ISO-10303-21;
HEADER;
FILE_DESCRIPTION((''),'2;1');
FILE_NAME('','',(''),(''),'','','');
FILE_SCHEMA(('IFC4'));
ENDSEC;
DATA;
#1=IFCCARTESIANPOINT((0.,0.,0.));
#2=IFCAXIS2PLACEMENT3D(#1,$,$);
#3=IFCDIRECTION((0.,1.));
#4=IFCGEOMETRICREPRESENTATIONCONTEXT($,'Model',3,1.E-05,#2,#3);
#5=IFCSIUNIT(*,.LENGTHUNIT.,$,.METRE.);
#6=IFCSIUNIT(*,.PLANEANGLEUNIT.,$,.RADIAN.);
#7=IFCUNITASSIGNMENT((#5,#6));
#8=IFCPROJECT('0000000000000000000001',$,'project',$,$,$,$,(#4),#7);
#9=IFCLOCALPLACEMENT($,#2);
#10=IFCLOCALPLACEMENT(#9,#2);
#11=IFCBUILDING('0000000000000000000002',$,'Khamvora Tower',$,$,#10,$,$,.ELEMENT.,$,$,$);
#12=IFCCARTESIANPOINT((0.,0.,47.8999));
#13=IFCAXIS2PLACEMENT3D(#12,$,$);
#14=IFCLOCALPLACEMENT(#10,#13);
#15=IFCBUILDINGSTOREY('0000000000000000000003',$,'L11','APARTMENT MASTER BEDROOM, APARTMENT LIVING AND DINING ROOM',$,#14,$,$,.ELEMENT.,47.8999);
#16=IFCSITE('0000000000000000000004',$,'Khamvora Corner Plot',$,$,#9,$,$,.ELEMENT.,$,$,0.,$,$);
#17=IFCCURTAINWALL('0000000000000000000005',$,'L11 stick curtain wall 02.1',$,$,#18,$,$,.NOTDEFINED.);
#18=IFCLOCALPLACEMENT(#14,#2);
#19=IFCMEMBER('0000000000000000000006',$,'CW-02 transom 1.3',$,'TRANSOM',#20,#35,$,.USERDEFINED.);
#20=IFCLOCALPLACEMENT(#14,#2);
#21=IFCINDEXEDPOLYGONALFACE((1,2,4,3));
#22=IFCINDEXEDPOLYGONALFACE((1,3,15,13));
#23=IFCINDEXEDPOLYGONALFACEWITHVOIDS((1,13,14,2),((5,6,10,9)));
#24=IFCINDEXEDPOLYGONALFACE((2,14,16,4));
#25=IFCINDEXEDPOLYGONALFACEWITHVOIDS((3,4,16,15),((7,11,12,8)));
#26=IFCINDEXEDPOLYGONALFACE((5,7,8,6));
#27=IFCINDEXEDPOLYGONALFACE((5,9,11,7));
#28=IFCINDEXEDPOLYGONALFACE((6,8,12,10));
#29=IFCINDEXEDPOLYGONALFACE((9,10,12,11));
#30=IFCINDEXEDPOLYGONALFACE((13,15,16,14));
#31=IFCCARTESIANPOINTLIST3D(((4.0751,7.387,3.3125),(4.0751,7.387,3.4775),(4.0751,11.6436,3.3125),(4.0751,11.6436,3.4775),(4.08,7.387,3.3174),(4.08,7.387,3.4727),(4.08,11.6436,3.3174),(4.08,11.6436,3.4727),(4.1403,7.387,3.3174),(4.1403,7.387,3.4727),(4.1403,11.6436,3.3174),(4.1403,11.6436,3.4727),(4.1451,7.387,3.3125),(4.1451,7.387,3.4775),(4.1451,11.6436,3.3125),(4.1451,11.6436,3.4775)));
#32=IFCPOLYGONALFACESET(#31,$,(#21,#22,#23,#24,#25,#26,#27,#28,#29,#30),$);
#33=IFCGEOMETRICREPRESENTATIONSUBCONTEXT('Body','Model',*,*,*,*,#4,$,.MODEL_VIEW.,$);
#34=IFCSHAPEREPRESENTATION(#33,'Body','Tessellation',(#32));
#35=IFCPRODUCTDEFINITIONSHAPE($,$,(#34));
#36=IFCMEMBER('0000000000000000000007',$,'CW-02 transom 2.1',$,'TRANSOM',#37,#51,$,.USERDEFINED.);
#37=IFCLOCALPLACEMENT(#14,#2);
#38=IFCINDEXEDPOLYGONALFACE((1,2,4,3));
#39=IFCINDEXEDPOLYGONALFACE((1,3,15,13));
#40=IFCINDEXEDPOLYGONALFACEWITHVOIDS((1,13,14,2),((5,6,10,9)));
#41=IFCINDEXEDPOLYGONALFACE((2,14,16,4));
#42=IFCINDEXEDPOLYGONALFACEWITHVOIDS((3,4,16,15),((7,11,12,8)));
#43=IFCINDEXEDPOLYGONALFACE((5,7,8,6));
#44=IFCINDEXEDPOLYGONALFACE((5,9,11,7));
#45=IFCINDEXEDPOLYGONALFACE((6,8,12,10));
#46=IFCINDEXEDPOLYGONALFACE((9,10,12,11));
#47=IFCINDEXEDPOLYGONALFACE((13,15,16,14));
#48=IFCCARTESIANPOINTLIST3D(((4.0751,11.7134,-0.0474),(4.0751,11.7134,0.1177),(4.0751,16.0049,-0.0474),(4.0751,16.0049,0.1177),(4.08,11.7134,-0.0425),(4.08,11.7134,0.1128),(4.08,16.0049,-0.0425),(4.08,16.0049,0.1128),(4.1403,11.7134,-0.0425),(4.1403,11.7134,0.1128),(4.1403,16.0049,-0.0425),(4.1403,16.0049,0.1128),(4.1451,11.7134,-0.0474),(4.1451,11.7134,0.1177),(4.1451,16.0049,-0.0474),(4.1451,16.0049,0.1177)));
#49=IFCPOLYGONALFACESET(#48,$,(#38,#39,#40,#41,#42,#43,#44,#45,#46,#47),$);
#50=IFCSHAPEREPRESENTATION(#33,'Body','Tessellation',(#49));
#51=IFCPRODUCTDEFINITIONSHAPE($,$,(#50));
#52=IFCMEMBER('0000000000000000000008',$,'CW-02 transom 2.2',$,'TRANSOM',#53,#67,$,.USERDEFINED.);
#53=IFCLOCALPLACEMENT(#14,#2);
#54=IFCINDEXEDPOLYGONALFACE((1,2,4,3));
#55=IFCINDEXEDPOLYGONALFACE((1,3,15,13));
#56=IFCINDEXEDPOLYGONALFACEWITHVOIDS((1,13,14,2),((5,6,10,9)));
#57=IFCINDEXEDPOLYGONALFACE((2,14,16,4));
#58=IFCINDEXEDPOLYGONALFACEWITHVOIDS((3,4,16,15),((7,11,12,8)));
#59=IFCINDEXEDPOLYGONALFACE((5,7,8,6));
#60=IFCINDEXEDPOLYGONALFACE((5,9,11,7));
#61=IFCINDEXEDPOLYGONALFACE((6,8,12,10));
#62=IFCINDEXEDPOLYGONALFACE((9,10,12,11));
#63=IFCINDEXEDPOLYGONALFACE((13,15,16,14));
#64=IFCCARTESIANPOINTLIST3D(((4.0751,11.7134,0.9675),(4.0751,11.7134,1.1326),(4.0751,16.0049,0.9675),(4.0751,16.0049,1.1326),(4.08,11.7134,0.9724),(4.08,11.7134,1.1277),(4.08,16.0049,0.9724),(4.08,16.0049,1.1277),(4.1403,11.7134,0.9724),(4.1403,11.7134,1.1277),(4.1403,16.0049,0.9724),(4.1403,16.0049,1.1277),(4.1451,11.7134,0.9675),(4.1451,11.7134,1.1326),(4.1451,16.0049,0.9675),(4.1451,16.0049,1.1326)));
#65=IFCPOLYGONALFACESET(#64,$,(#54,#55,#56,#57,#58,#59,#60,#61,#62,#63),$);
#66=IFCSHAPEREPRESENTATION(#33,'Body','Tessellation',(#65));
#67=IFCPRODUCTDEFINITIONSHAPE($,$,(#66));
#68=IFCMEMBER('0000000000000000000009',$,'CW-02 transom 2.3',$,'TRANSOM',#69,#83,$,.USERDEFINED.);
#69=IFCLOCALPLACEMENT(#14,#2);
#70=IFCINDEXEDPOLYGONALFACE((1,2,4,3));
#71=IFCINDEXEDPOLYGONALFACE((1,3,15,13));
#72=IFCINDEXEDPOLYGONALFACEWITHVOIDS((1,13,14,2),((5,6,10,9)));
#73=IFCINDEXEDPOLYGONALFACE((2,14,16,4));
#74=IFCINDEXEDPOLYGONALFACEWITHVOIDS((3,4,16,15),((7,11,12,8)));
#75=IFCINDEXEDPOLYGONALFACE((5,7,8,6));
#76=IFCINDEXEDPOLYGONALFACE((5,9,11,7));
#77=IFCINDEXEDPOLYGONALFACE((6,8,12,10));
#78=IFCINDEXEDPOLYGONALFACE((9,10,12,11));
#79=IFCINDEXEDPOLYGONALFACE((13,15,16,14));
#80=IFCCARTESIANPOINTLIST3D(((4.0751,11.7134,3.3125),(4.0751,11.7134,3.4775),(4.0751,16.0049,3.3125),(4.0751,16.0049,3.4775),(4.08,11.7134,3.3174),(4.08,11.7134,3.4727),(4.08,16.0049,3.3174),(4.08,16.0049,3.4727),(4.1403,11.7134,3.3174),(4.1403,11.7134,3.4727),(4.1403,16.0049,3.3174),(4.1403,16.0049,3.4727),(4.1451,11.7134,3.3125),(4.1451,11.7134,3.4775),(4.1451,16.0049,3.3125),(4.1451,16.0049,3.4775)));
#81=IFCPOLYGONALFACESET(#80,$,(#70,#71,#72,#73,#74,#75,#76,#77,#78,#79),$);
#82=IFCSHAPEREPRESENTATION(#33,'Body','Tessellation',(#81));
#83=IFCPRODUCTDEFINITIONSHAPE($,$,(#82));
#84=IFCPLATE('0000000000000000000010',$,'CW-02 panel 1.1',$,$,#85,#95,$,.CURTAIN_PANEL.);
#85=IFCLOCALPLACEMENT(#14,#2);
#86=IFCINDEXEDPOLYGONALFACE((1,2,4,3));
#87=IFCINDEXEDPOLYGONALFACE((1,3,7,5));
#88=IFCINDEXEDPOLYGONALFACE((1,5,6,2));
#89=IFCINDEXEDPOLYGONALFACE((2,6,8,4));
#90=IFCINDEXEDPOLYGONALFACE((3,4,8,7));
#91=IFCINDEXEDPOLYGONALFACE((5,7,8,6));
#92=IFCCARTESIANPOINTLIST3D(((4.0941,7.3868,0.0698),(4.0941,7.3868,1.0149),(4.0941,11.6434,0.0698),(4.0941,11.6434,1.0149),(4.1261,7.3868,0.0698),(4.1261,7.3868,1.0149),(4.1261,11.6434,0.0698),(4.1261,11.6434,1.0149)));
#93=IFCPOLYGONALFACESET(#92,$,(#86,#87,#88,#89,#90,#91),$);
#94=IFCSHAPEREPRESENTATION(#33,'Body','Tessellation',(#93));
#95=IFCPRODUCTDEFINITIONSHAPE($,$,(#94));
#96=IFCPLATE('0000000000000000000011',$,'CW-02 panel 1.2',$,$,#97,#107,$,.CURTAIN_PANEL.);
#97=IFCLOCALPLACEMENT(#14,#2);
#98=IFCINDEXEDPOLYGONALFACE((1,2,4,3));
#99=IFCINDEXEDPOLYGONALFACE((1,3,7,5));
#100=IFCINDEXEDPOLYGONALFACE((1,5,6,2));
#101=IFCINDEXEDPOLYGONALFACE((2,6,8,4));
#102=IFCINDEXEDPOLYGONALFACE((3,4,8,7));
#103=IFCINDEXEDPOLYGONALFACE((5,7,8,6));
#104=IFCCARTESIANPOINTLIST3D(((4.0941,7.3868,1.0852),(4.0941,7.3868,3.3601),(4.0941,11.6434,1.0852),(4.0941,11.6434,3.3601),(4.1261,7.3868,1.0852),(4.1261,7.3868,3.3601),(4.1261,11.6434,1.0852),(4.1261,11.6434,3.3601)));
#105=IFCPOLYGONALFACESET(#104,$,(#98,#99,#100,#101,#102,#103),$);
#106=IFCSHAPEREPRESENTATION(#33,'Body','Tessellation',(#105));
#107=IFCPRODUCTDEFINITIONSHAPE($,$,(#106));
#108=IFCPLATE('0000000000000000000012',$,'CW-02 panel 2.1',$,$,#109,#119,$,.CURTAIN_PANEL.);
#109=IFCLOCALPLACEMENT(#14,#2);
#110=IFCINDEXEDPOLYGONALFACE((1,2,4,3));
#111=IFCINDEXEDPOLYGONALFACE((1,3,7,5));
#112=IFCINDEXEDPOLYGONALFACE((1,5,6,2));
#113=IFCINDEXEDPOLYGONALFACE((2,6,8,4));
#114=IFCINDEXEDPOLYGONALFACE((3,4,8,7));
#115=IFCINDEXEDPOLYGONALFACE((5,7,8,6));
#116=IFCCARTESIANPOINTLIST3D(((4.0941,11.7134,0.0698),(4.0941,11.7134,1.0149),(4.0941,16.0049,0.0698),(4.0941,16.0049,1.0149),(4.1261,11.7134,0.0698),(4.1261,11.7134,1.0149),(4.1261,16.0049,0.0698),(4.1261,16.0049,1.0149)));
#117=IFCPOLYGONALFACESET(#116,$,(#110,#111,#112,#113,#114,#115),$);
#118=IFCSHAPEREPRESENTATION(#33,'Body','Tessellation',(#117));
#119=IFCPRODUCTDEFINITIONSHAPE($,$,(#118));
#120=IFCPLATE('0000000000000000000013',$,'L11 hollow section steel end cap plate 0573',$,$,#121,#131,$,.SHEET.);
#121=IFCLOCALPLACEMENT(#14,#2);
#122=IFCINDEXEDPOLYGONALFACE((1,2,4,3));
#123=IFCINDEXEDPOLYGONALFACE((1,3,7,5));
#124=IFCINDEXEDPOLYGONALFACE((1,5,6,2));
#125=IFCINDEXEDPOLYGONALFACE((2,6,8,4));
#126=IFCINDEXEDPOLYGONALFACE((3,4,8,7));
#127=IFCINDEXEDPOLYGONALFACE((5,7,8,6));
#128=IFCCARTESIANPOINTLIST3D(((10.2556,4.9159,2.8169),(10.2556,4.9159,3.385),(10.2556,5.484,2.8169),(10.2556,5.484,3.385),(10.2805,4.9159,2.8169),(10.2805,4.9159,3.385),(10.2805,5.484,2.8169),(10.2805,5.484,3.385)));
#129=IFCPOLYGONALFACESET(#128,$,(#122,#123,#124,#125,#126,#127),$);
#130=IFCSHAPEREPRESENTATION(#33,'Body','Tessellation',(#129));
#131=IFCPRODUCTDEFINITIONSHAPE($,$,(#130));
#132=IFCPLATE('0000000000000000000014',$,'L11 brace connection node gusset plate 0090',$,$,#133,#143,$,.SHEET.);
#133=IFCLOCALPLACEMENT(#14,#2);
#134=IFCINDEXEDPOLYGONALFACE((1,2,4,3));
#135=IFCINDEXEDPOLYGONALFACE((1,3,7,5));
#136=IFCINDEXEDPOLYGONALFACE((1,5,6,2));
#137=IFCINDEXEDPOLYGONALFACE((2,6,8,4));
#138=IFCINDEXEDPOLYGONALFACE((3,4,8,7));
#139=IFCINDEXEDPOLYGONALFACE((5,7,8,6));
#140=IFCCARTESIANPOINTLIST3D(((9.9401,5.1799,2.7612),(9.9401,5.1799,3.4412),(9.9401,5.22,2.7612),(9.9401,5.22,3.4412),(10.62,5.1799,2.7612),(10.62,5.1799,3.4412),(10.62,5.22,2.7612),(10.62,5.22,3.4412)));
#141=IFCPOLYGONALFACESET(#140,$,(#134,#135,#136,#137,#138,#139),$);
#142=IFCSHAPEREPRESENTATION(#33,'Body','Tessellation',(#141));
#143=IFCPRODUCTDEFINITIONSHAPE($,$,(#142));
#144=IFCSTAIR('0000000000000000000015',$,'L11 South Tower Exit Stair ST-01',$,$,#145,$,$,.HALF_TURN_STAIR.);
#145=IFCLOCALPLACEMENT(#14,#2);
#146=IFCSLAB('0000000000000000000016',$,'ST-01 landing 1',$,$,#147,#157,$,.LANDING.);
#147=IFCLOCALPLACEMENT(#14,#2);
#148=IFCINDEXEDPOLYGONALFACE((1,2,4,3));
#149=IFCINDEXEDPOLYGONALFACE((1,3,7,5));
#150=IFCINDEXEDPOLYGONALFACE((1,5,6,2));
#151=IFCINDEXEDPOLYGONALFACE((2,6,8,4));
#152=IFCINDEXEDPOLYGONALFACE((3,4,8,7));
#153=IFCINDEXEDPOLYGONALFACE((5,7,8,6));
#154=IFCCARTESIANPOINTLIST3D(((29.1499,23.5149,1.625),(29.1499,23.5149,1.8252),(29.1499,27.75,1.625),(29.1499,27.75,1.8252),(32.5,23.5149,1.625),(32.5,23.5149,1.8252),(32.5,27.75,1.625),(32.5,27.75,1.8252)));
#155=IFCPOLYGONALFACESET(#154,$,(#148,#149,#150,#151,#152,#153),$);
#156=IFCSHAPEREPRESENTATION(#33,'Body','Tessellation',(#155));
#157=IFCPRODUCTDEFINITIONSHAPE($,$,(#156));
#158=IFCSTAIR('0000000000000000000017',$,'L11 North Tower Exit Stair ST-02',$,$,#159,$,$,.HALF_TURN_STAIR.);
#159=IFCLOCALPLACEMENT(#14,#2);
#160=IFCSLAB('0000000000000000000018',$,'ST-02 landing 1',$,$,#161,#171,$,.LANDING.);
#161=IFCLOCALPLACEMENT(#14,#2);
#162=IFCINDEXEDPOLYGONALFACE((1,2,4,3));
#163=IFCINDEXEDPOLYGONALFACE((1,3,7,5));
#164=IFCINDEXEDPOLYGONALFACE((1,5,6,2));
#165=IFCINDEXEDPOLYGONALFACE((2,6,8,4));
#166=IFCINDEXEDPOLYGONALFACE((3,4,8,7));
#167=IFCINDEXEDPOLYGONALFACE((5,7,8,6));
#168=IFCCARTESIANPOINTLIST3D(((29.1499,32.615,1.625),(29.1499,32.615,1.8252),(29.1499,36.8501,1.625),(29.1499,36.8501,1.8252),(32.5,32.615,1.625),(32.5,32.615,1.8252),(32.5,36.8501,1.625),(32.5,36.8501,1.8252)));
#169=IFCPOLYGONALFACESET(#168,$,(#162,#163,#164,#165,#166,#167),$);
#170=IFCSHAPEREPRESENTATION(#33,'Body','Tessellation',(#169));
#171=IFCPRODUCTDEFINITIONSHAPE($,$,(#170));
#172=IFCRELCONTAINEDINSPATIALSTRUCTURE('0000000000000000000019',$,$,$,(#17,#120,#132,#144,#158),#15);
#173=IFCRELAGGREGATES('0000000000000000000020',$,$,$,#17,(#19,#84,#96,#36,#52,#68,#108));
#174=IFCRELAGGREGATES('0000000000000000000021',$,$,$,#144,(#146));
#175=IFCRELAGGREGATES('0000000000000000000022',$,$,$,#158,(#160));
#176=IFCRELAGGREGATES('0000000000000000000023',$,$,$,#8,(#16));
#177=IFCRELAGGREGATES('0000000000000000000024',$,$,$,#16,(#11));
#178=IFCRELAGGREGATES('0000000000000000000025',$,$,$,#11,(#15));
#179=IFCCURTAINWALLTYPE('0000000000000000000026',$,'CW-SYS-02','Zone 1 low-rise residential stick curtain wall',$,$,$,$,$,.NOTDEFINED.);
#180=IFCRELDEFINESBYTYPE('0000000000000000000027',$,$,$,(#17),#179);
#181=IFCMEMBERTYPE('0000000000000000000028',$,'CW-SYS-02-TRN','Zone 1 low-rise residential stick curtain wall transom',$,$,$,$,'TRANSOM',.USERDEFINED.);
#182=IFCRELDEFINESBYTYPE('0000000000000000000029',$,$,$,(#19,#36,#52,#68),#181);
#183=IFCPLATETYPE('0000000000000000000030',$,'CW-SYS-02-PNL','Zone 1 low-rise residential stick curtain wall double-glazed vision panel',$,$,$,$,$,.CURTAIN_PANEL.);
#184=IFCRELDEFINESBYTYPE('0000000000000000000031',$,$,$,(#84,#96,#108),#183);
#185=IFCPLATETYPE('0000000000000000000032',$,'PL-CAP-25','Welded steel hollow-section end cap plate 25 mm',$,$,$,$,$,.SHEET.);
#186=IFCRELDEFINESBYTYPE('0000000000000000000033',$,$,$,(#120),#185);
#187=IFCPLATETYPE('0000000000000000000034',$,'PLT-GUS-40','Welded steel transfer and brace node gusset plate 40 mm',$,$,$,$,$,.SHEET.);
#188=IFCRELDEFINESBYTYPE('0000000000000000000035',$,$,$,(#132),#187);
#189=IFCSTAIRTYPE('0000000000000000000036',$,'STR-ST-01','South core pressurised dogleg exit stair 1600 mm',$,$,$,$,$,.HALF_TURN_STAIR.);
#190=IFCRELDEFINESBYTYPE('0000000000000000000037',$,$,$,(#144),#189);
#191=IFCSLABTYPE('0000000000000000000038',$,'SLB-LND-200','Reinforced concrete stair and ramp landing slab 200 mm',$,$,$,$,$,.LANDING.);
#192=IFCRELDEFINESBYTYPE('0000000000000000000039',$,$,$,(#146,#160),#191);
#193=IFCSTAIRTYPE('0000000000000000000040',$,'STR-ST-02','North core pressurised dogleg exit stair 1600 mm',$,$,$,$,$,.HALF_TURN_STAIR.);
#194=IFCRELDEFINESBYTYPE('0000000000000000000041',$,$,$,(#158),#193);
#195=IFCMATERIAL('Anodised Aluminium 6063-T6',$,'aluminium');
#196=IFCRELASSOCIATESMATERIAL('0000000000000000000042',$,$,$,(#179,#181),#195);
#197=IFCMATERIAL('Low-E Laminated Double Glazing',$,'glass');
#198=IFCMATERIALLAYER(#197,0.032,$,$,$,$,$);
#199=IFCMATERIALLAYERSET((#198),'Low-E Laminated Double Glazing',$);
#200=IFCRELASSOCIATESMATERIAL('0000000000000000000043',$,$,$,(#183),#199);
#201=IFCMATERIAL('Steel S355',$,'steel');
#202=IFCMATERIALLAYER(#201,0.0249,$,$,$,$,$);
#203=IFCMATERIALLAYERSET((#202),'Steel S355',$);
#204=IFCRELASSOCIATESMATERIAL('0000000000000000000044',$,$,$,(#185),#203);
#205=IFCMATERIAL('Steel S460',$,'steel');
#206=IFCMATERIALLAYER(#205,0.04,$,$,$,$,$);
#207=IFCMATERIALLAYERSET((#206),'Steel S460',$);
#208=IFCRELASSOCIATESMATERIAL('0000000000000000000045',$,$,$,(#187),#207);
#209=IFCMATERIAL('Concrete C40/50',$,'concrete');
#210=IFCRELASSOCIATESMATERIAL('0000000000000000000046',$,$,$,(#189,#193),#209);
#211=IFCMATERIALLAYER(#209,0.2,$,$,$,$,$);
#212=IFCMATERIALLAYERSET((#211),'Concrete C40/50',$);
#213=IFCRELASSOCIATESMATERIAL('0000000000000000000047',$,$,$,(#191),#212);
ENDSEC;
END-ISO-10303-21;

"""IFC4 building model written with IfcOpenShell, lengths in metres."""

from ifc_helpers import new_model, si_unit, direction, frame, origin, origin_2d, place, context, subcontext, project, spatial, polyline, rectangle, hollow_rectangle, outline, extrude, material, layer, layer_set, material_profile, profile_set, type_object, element, aggregate, save


model = new_model("IFC4")

# Units and contexts
model_context = context("Model", 3, precision=1e-05, world=origin(), true_north=direction((0.0, 1.0)))
body_context = subcontext(model_context, "Body", "Model", "MODEL_VIEW")
ifc_project = project(units=[si_unit("LENGTHUNIT", "METRE"), si_unit("PLANEANGLEUNIT", "RADIAN")], contexts=[model_context])

# Site, building, storey
site_placement = place(None, origin())
site = spatial("IfcSite", under=ifc_project, at=site_placement, Name="Khamvora Corner Plot", CompositionType="ELEMENT", RefElevation=0.0)
building_placement = place(site_placement, origin())
building = spatial("IfcBuilding", under=site, at=building_placement, Name="Khamvora Tower", CompositionType="ELEMENT")
storey_placement = place(building_placement, frame((0.0, 0.0, 47.8999)))
storey = spatial("IfcBuildingStorey", under=building, at=storey_placement, Name="L11", Description="APARTMENT MASTER BEDROOM, APARTMENT LIVING AND DINING ROOM", CompositionType="ELEMENT", Elevation=47.8999)

# Shared definitions
ifc_material_1 = material(Name="Steel S460", Category="steel")

# Shared definitions
ifc_material_2 = material(Name="Steel S355", Category="steel")

# Curtain wall, members, plates
ifc_material_3 = material(Name="Anodised Aluminium 6063-T6", Category="aluminium")
curtain_wall_type = type_object("IfcCurtainWallType", Name="CW-SYS-02", Description="Zone 1 low-rise residential stick curtain wall", PredefinedType="NOTDEFINED", material=ifc_material_3)
curtain_wall_placement = place(storey_placement, origin())
curtain_wall = element("IfcCurtainWall", 1, at=curtain_wall_placement, inside=storey, type_object=curtain_wall_type, Name="L11 stick curtain wall 02.1", PredefinedType="NOTDEFINED")
ifc_material_profile_1 = material_profile(ifc_material_3, hollow_rectangle(XDim=0.0701, YDim=0.165, WallThickness=0.0049, at=origin_2d()), Name="TRN70x165x5")
ifc_profile_set_1 = profile_set([ifc_material_profile_1], Name="Anodised Aluminium 6063-T6")
member_type_1 = type_object("IfcMemberType", Name="CW-SYS-02-TRN", Description="Zone 1 low-rise residential stick curtain wall transom", ElementType="TRANSOM", PredefinedType="USERDEFINED", material=ifc_profile_set_1)
member_1_placement = place(storey_placement, frame((4.1101, 7.387, 3.395), z_axis=(0.0, 1.0, 0.0), x_axis=(-1.0, 0.0, 0.0)))
member_1 = element("IfcMember", 2, at=member_1_placement, type_object=member_type_1, Name="CW-02 transom 1.3", ObjectType="TRANSOM", PredefinedType="USERDEFINED", context=body_context, shape_type="SweptSolid", body=[
    extrude(hollow_rectangle(XDim=0.0701, YDim=0.165, WallThickness=0.0049, at=origin_2d()), origin(), (0.0, 0.0, 1.0), 4.2566),
])
member_2_placement = place(storey_placement, frame((4.1101, 11.7134, 0.0352), z_axis=(0.0, 1.0, 0.0), x_axis=(-1.0, 0.0, 0.0)))
member_2 = element("IfcMember", 3, at=member_2_placement, type_object=member_type_1, Name="CW-02 transom 2.1", ObjectType="TRANSOM", PredefinedType="USERDEFINED", context=body_context, shape_type="SweptSolid", body=[
    extrude(hollow_rectangle(XDim=0.0701, YDim=0.165, WallThickness=0.0049, at=origin_2d()), origin(), (0.0, 0.0, 1.0), 4.2915),
])
member_3_placement = place(storey_placement, frame((4.1101, 11.7134, 1.05), z_axis=(0.0, 1.0, 0.0), x_axis=(-1.0, 0.0, 0.0)))
member_3 = element("IfcMember", 4, at=member_3_placement, type_object=member_type_1, Name="CW-02 transom 2.2", ObjectType="TRANSOM", PredefinedType="USERDEFINED", context=body_context, shape_type="SweptSolid", body=[
    extrude(hollow_rectangle(XDim=0.0701, YDim=0.165, WallThickness=0.0049, at=origin_2d()), origin(), (0.0, 0.0, 1.0), 4.2915),
])
member_4_placement = place(storey_placement, frame((4.1101, 11.7134, 3.395), z_axis=(0.0, 1.0, 0.0), x_axis=(-1.0, 0.0, 0.0)))
member_4 = element("IfcMember", 5, at=member_4_placement, type_object=member_type_1, Name="CW-02 transom 2.3", ObjectType="TRANSOM", PredefinedType="USERDEFINED", context=body_context, shape_type="SweptSolid", body=[
    extrude(hollow_rectangle(XDim=0.0701, YDim=0.165, WallThickness=0.0049, at=origin_2d()), origin(), (0.0, 0.0, 1.0), 4.2915),
])
ifc_material_4 = material(Name="Low-E Laminated Double Glazing", Category="glass")
ifc_layer_1 = layer(ifc_material_4, 0.032)
ifc_layer_set_1 = layer_set([ifc_layer_1], Name="Low-E Laminated Double Glazing")
plate_type_1 = type_object("IfcPlateType", Name="CW-SYS-02-PNL", Description="Zone 1 low-rise residential stick curtain wall double-glazed vision panel", PredefinedType="CURTAIN_PANEL", material=ifc_layer_set_1)
plate_1_placement = place(storey_placement, frame((4.1101, 9.5151, 0.0698), z_axis=(0.0, 0.0, 1.0), x_axis=(0.0, 1.0, 0.0)))
plate_1 = element("IfcPlate", 6, at=plate_1_placement, type_object=plate_type_1, Name="CW-02 panel 1.1", PredefinedType="CURTAIN_PANEL", context=body_context, shape_type="SweptSolid", body=[
    extrude(rectangle(XDim=4.2566, YDim=0.032, at=origin_2d()), origin(), (0.0, 0.0, 1.0), 0.9451),
])
plate_2_placement = place(storey_placement, frame((4.1101, 9.5151, 1.0852), z_axis=(0.0, 0.0, 1.0), x_axis=(0.0, 1.0, 0.0)))
plate_2 = element("IfcPlate", 7, at=plate_2_placement, type_object=plate_type_1, Name="CW-02 panel 1.2", PredefinedType="CURTAIN_PANEL", context=body_context, shape_type="SweptSolid", body=[
    extrude(rectangle(XDim=4.2566, YDim=0.032, at=origin_2d()), origin(), (0.0, 0.0, 1.0), 2.2749),
])
plate_3_placement = place(storey_placement, frame((4.1101, 13.8591, 0.0698), z_axis=(0.0, 0.0, 1.0), x_axis=(0.0, 1.0, 0.0)))
plate_3 = element("IfcPlate", 8, at=plate_3_placement, type_object=plate_type_1, Name="CW-02 panel 2.1", PredefinedType="CURTAIN_PANEL", context=body_context, shape_type="SweptSolid", body=[
    extrude(rectangle(XDim=4.2915, YDim=0.032, at=origin_2d()), origin(), (0.0, 0.0, 1.0), 0.9451),
])
aggregate(curtain_wall, [member_1, plate_1, plate_2, member_2, member_3, member_4, plate_3])

# Plates
ifc_layer_2 = layer(ifc_material_2, 0.0249)
ifc_layer_set_2 = layer_set([ifc_layer_2], Name="Steel S355")
plate_type_2 = type_object("IfcPlateType", Name="PL-CAP-25", Description="Welded steel hollow-section end cap plate 25 mm", PredefinedType="SHEET", material=ifc_layer_set_2)
plate_4_placement = place(storey_placement, frame((10.2681, 5.2, 2.8169), z_axis=(0.0, 0.0, 1.0), x_axis=(-1.0, 0.0, 0.0)))
element("IfcPlate", 9, at=plate_4_placement, inside=storey, type_object=plate_type_2, Name="L11 hollow section steel end cap plate 0573", PredefinedType="SHEET", context=body_context, shape_type="SweptSolid", body=[
    extrude(rectangle(XDim=0.0249, YDim=0.5681, at=origin_2d()), origin(), (0.0, 0.0, 1.0), 0.5681),
])
ifc_layer_3 = layer(ifc_material_1, 0.04)
ifc_layer_set_3 = layer_set([ifc_layer_3], Name="Steel S460")
plate_type_3 = type_object("IfcPlateType", Name="PLT-GUS-40", Description="Welded steel transfer and brace node gusset plate 40 mm", PredefinedType="SHEET", material=ifc_layer_set_3)
plate_5_placement = place(storey_placement, frame((10.28, 5.2, 2.7612), z_axis=(0.0, 0.0, 1.0), x_axis=(1.0, 0.0, 0.0)))
element("IfcPlate", 10, at=plate_5_placement, inside=storey, type_object=plate_type_3, Name="L11 brace connection node gusset plate 0090", PredefinedType="SHEET", context=body_context, shape_type="SweptSolid", body=[
    extrude(rectangle(XDim=0.6799, YDim=0.04, at=origin_2d()), origin(), (0.0, 0.0, 1.0), 0.6799),
])

# Stairs, slabs
ifc_material_5 = material(Name="Concrete C40/50", Category="concrete")
stair_type_1 = type_object("IfcStairType", Name="STR-ST-01", Description="South core pressurised dogleg exit stair 1600 mm", PredefinedType="HALF_TURN_STAIR", material=ifc_material_5)
stair_1_placement = place(storey_placement, origin())
stair_1 = element("IfcStair", 11, at=stair_1_placement, inside=storey, type_object=stair_type_1, Name="L11 South Tower Exit Stair ST-01", PredefinedType="HALF_TURN_STAIR")
ifc_layer_4 = layer(ifc_material_5, 0.2)
ifc_layer_set_4 = layer_set([ifc_layer_4], Name="Concrete C40/50")
slab_type_1 = type_object("IfcSlabType", Name="SLB-LND-200", Description="Reinforced concrete stair and ramp landing slab 200 mm", PredefinedType="LANDING", material=ifc_layer_set_4)
slab_1_placement = place(storey_placement, frame((0.0, 0.0, 1.625)))
slab_1 = element("IfcSlab", 12, at=slab_1_placement, type_object=slab_type_1, Name="ST-01 landing 1", PredefinedType="LANDING", context=body_context, shape_type="SweptSolid", body=[
    extrude(outline(polyline([(32.5, 23.5149), (32.5, 27.75), (29.1499, 27.75), (29.1499, 23.5149), (32.5, 23.5149)])), origin(), (0.0, 0.0, 1.0), 0.2002),
])
aggregate(stair_1, [slab_1])
stair_type_2 = type_object("IfcStairType", Name="STR-ST-02", Description="North core pressurised dogleg exit stair 1600 mm", PredefinedType="HALF_TURN_STAIR", material=ifc_material_5)
stair_2_placement = place(storey_placement, origin())
stair_2 = element("IfcStair", 13, at=stair_2_placement, inside=storey, type_object=stair_type_2, Name="L11 North Tower Exit Stair ST-02", PredefinedType="HALF_TURN_STAIR")
slab_2_placement = place(storey_placement, frame((0.0, 0.0, 1.625)))
slab_2 = element("IfcSlab", 14, at=slab_2_placement, type_object=slab_type_1, Name="ST-02 landing 1", PredefinedType="LANDING", context=body_context, shape_type="SweptSolid", body=[
    extrude(outline(polyline([(32.5, 32.615), (32.5, 36.8501), (29.1499, 36.8501), (29.1499, 32.615), (32.5, 32.615)])), origin(), (0.0, 0.0, 1.0), 0.2002),
])
aggregate(stair_2, [slab_2])

save(model, "model.ifc")
